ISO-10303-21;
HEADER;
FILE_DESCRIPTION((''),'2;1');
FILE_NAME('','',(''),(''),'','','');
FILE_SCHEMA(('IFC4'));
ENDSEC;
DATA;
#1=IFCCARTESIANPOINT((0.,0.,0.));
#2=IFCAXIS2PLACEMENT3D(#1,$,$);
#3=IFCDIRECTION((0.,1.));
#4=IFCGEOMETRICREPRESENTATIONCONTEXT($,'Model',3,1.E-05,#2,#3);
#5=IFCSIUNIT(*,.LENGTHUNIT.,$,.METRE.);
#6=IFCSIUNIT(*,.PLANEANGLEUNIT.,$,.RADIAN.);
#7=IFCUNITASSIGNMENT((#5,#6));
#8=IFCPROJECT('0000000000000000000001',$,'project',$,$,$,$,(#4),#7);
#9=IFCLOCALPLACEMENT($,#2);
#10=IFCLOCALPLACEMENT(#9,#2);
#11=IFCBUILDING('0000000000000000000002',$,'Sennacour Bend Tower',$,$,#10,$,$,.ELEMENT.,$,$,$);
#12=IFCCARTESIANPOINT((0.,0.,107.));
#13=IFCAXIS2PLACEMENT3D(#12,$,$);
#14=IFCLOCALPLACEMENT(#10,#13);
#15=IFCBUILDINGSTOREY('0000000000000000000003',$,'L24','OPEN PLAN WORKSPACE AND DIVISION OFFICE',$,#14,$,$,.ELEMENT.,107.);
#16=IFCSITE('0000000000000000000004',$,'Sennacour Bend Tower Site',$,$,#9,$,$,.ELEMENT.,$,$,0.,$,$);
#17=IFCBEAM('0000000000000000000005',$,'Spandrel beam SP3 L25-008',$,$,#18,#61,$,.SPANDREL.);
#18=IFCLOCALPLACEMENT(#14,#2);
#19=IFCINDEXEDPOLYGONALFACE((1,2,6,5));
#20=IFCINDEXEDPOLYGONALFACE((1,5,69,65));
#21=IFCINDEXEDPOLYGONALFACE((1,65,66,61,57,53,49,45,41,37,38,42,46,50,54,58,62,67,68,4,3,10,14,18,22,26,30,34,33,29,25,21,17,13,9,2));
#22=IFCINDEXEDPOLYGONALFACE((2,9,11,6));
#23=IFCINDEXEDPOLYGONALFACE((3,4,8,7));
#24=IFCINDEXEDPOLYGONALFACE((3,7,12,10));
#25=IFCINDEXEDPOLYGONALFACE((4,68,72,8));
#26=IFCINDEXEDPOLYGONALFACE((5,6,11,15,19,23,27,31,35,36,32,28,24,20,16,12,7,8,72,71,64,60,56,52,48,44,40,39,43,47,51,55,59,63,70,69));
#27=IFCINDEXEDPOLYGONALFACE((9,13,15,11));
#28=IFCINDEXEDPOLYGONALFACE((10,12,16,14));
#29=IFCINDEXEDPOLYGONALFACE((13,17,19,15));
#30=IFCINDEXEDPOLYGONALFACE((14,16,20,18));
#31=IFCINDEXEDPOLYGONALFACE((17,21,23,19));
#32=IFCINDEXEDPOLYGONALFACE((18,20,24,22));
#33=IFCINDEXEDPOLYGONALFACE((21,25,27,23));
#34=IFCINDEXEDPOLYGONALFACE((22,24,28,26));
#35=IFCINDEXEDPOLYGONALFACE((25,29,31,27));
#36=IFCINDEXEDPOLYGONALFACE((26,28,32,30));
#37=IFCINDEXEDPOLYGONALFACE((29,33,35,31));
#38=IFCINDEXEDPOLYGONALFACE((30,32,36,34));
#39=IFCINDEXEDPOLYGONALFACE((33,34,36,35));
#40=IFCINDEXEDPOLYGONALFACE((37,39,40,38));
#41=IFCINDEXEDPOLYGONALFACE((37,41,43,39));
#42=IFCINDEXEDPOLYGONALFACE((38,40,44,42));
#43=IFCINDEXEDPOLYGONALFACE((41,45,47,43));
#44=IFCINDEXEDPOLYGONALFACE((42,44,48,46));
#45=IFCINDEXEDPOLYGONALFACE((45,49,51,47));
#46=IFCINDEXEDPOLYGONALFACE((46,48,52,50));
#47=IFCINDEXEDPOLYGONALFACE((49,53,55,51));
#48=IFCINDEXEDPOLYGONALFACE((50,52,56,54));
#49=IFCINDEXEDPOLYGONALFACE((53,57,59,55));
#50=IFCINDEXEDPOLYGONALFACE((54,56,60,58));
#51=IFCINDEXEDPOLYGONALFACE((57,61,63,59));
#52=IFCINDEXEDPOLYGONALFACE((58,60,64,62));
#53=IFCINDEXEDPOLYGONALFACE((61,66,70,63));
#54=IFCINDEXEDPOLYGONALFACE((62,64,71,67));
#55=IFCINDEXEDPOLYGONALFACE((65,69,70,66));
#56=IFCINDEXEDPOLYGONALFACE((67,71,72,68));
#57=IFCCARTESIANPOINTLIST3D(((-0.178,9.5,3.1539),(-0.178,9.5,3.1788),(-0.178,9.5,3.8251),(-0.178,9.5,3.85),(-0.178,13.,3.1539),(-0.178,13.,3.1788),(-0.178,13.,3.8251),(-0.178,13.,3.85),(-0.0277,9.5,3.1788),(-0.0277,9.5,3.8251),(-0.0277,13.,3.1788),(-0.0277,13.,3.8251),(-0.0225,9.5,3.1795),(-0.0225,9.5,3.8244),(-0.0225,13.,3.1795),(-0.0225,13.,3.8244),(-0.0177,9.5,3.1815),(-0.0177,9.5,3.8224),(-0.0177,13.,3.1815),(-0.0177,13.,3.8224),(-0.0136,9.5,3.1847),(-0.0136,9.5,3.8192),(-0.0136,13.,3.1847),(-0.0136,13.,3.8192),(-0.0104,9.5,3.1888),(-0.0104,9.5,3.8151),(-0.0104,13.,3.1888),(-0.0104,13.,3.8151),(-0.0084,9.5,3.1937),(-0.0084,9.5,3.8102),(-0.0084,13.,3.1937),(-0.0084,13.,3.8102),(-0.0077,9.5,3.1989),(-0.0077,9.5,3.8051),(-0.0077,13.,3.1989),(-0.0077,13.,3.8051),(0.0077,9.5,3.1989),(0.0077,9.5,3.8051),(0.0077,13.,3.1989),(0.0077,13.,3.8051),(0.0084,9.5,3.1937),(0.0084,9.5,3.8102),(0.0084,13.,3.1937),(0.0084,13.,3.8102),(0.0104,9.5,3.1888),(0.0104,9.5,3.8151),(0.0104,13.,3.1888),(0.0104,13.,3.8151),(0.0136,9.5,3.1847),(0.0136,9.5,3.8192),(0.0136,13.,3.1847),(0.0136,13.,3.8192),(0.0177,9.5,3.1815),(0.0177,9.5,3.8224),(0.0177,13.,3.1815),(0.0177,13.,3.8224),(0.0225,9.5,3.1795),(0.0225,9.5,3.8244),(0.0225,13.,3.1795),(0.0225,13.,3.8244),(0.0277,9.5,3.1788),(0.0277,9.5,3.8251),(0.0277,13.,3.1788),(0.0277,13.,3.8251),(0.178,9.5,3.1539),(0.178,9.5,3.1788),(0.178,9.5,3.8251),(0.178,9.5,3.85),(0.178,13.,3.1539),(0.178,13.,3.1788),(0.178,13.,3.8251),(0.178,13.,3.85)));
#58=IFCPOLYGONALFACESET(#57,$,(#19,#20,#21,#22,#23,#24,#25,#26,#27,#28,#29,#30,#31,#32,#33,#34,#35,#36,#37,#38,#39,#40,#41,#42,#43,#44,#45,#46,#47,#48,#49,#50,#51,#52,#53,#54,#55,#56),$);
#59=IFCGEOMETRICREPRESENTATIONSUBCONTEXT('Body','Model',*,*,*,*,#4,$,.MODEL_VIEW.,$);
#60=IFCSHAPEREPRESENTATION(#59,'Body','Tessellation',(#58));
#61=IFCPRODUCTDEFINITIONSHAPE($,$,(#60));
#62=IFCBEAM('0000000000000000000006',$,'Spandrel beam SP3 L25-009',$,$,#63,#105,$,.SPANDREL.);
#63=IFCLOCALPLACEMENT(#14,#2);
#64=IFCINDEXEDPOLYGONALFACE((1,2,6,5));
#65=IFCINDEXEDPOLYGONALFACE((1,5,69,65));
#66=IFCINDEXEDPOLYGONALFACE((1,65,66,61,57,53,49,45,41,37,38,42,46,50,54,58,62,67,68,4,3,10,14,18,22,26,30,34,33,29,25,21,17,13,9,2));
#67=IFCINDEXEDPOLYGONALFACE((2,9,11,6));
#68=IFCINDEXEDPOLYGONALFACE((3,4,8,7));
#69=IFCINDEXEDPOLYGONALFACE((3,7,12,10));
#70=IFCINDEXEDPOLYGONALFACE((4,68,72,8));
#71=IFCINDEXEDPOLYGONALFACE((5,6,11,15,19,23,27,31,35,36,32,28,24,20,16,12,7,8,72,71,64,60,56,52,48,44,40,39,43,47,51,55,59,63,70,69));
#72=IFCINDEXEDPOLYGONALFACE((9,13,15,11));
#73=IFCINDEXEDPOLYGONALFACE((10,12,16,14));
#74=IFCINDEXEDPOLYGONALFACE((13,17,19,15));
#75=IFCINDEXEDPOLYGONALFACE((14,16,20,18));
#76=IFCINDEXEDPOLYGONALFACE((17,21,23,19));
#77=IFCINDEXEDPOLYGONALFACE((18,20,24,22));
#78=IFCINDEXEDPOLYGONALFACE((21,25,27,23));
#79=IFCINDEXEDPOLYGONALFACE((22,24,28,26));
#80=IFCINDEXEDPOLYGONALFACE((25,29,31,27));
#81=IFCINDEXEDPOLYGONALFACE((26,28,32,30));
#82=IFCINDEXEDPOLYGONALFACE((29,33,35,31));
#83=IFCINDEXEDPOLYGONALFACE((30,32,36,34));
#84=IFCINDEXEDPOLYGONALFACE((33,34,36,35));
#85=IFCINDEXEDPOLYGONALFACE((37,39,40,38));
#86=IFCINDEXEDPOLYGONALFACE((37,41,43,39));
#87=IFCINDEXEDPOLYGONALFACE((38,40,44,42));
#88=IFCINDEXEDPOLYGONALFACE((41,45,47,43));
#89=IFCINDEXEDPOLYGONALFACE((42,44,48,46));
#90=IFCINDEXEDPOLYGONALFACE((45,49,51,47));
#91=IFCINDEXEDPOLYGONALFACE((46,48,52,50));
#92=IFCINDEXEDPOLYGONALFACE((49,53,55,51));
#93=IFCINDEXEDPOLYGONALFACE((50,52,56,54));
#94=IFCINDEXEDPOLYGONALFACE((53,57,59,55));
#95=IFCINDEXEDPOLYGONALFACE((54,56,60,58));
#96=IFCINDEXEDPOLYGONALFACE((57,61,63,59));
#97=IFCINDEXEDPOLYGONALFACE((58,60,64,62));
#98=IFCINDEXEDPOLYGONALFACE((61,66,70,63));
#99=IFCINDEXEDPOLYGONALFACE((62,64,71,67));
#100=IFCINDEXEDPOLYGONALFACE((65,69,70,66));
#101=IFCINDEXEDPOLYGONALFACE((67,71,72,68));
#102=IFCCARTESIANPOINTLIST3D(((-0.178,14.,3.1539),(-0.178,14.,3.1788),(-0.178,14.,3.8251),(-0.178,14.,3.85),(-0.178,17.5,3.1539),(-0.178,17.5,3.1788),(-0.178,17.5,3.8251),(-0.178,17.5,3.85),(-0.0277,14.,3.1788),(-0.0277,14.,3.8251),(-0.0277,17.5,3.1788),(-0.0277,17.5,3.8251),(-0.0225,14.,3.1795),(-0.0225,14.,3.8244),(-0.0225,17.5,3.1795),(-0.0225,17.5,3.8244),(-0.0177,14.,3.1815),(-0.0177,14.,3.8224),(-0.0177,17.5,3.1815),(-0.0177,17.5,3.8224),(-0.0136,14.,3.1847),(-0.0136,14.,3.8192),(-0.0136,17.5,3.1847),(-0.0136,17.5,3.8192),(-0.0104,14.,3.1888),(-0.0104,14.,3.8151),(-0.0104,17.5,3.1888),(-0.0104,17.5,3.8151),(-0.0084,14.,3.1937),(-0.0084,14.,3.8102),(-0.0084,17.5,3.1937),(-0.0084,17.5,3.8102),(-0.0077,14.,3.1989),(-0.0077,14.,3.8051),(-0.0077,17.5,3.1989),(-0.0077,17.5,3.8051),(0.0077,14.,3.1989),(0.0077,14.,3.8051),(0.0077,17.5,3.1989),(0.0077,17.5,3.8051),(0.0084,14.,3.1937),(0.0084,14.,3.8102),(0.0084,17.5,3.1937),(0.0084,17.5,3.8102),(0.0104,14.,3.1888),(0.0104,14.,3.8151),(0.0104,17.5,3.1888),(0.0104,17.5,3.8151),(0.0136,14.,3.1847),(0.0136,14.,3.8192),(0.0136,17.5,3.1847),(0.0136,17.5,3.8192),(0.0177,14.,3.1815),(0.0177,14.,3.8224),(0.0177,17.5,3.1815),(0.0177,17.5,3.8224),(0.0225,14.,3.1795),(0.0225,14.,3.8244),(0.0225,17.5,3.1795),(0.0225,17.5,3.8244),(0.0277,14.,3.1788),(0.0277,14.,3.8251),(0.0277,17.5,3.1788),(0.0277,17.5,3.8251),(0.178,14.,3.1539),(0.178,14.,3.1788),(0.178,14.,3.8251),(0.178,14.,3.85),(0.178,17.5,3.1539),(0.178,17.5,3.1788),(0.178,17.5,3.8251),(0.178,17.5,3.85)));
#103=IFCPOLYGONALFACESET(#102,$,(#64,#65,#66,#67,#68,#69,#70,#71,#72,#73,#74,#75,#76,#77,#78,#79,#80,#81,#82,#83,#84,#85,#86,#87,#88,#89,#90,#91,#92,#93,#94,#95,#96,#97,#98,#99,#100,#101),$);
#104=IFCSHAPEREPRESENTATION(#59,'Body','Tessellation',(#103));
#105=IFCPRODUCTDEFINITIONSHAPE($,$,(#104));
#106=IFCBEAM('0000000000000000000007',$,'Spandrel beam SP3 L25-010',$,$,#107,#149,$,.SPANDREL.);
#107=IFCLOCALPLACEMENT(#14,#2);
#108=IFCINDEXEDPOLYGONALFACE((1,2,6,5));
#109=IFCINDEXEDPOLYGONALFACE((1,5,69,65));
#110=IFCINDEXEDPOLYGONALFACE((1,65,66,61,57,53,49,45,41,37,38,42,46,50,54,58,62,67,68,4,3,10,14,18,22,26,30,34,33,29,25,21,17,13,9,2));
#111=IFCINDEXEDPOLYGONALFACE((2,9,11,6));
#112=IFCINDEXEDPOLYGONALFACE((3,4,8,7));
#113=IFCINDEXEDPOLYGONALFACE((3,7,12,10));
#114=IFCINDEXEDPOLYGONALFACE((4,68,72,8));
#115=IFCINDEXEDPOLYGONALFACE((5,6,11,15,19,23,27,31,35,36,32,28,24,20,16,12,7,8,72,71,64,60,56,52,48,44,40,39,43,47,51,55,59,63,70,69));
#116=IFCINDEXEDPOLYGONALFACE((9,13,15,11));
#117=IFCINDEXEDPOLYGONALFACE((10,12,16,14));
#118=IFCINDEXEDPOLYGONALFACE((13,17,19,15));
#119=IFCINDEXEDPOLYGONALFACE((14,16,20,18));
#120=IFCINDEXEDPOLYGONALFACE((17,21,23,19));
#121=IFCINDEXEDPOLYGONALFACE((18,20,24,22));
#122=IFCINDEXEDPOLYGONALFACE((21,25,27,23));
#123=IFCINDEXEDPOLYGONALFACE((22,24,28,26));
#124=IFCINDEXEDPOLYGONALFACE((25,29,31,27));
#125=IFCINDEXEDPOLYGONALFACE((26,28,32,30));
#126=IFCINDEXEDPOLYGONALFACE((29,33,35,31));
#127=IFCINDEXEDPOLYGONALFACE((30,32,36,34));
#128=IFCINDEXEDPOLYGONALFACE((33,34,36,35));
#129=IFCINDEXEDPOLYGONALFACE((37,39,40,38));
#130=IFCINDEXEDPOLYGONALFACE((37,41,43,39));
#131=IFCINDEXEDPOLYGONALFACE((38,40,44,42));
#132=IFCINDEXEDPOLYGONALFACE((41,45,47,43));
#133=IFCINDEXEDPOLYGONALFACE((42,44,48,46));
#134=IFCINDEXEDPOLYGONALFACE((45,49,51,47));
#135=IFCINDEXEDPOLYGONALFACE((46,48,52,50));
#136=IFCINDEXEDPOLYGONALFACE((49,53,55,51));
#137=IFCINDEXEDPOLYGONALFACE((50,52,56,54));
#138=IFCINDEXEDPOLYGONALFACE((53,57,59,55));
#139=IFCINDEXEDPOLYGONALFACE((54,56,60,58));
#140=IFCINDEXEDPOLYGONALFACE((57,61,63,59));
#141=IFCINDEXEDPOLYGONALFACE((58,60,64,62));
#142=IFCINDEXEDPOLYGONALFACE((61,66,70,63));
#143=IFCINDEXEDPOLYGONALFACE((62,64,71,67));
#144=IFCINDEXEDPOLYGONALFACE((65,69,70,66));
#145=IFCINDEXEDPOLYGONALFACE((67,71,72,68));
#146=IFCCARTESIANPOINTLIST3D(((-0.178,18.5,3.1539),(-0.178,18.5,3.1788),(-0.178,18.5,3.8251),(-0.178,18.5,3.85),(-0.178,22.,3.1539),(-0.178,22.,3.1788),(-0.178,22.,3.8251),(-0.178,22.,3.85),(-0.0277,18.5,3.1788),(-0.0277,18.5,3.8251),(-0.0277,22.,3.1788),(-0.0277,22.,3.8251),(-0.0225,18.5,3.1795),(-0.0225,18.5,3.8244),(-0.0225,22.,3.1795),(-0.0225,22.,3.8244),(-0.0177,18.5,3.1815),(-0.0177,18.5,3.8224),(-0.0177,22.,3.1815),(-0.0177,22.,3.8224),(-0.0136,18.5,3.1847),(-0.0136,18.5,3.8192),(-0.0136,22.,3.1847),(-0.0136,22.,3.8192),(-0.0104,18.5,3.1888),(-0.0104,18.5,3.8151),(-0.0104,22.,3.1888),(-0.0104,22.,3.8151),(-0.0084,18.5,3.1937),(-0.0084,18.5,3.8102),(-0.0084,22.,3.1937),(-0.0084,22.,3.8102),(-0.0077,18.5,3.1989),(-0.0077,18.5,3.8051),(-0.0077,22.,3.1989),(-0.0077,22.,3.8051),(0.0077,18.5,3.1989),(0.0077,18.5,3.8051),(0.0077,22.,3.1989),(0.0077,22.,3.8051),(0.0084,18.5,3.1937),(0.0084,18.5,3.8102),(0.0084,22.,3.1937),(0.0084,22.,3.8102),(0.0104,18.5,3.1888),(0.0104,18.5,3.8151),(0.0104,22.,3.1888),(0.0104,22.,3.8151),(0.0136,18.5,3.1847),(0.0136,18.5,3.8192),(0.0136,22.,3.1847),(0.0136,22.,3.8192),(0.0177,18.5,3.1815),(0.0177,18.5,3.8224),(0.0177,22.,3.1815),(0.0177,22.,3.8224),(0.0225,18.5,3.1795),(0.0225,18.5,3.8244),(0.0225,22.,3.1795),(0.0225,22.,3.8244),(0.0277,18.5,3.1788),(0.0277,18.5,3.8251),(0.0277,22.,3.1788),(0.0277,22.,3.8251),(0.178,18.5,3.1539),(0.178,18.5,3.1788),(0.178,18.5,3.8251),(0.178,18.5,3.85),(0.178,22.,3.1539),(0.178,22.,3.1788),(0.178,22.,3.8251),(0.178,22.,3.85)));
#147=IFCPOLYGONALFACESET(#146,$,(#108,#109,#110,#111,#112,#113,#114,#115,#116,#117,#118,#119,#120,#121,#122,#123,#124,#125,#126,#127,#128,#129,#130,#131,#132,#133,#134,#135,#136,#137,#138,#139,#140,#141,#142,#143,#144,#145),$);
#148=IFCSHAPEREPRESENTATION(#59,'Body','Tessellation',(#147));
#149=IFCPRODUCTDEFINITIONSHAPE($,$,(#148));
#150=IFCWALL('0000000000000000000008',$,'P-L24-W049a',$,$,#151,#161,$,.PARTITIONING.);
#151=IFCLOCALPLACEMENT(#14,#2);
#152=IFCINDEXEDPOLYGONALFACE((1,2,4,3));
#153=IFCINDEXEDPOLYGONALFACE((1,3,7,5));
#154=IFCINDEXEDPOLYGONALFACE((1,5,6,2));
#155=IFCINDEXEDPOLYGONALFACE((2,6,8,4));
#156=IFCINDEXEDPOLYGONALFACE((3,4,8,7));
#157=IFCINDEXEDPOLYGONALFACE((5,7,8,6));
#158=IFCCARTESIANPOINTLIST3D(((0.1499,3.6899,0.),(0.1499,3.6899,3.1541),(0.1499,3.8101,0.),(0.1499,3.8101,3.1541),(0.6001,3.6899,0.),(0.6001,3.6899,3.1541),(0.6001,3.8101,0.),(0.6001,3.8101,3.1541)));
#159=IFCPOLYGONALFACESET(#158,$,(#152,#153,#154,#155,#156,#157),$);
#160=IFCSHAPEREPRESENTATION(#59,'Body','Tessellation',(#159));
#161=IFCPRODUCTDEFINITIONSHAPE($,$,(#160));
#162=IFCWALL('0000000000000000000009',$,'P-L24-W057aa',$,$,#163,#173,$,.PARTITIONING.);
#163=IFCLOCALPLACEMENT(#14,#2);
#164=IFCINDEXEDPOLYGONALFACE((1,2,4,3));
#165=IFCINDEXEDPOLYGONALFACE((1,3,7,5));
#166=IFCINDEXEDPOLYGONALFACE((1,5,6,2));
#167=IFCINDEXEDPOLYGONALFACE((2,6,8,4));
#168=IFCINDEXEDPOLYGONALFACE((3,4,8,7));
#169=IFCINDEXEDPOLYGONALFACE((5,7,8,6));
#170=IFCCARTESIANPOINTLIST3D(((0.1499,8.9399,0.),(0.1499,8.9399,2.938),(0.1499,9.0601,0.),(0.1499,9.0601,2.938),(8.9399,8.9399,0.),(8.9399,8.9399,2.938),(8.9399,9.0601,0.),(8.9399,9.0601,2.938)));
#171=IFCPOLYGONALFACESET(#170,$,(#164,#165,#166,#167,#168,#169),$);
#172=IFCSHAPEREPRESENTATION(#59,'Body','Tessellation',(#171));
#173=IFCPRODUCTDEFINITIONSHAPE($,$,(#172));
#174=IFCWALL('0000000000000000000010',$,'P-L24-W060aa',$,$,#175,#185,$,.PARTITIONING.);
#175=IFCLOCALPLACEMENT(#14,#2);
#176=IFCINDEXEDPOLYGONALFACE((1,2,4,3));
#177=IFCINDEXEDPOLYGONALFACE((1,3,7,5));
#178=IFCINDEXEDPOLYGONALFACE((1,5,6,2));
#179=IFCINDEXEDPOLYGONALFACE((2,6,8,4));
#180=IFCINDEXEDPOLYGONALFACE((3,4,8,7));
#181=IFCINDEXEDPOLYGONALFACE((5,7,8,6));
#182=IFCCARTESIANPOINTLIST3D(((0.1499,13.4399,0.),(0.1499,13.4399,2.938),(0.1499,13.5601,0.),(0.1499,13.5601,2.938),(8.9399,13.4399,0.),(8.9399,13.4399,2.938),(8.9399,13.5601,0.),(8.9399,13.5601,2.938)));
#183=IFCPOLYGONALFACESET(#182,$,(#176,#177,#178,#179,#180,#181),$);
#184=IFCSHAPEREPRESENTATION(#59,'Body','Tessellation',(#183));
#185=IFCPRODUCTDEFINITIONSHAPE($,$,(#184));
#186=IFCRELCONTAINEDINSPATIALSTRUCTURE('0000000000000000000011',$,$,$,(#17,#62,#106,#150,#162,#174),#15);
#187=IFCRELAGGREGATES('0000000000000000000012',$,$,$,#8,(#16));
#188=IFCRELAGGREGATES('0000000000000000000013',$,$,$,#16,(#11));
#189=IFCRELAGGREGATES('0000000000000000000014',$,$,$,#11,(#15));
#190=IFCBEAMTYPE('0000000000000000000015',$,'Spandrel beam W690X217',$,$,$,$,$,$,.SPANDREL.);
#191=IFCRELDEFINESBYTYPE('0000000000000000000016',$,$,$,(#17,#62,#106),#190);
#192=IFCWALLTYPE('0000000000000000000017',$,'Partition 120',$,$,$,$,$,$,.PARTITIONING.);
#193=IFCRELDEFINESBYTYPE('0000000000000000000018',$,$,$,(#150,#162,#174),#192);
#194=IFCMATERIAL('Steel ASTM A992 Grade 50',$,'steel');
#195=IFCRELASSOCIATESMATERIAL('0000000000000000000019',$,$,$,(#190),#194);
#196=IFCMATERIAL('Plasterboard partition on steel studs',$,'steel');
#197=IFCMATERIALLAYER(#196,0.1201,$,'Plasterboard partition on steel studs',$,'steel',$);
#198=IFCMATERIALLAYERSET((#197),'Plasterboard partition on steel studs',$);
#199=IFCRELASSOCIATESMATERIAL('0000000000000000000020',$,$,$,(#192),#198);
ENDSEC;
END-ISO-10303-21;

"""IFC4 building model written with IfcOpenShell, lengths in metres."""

from ifc_helpers import new_model, si_unit, direction, frame, frame_2d, origin, origin_2d, place, context, subcontext, project, spatial, rectangle, i_section, extrude, material, layer, layer_set, material_profile, profile_set, type_object, element, save


model = new_model("IFC4")

# Units and contexts
model_context = context("Model", 3, precision=1e-05, world=origin(), true_north=direction((0.0, 1.0)))
body_context = subcontext(model_context, "Body", "Model", "MODEL_VIEW")
ifc_project = project(units=[si_unit("LENGTHUNIT", "METRE"), si_unit("PLANEANGLEUNIT", "RADIAN")], contexts=[model_context])

# Site, building, storey
site_placement = place(None, origin())
site = spatial("IfcSite", under=ifc_project, at=site_placement, Name="Sennacour Bend Tower Site", CompositionType="ELEMENT", RefElevation=0.0)
building_placement = place(site_placement, origin())
building = spatial("IfcBuilding", under=site, at=building_placement, Name="Sennacour Bend Tower", CompositionType="ELEMENT")
storey_placement = place(building_placement, frame((0.0, 0.0, 107.0)))
storey = spatial("IfcBuildingStorey", under=building, at=storey_placement, Name="L24", Description="OPEN PLAN WORKSPACE AND DIVISION OFFICE", CompositionType="ELEMENT", Elevation=107.0)

# Beams
ifc_material_1 = material(Name="Steel ASTM A992 Grade 50", Category="steel")
ifc_material_profile_1 = material_profile(ifc_material_1, i_section(OverallWidth=0.356, OverallDepth=0.696, WebThickness=0.0154, FlangeThickness=0.0249, FilletRadius=0.02, at=origin_2d()), Name="Steel ASTM A992 Grade 50", Category="steel")
ifc_profile_set_1 = profile_set([ifc_material_profile_1], Name="Steel ASTM A992 Grade 50")
beam_type_1 = type_object("IfcBeamType", Name="Spandrel beam W690X217", PredefinedType="SPANDREL", material=ifc_profile_set_1)
for number, where, z_axis, x_axis, name in (
    (1, (0.0, 9.5, 3.502), (0.0, 1.0, 0.0), (-1.0, 0.0, 0.0), "Spandrel beam SP3 L25-008"),
    (2, (0.0, 14.0, 3.502), (0.0, 1.0, 0.0), (-1.0, 0.0, 0.0), "Spandrel beam SP3 L25-009"),
    (3, (0.0, 18.5, 3.502), (0.0, 1.0, 0.0), (-1.0, 0.0, 0.0), "Spandrel beam SP3 L25-010"),
):
    element("IfcBeam", number, at=place(storey_placement, frame(where, z_axis=z_axis, x_axis=x_axis)), inside=storey, type_object=beam_type_1, Name=name, PredefinedType="SPANDREL", context=body_context, shape_type="SweptSolid", body=[
        extrude(i_section(OverallWidth=0.356, OverallDepth=0.696, WebThickness=0.0154, FlangeThickness=0.0249, FilletRadius=0.02, at=origin_2d()), origin(), (0.0, 0.0, 1.0), 3.5),
    ])

# Walls
ifc_material_2 = material(Name="Plasterboard partition on steel studs", Category="steel")
ifc_layer_1 = layer(ifc_material_2, 0.1201, Name="Plasterboard partition on steel studs", Category="steel")
ifc_layer_set_1 = layer_set([ifc_layer_1], Name="Plasterboard partition on steel studs")
wall_type_1 = type_object("IfcWallType", Name="Partition 120", PredefinedType="PARTITIONING", material=ifc_layer_set_1)
wall_1_placement = place(storey_placement, frame((0.1499, 3.75, 0.0), z_axis=(0.0, 0.0, 1.0), x_axis=(1.0, 0.0, 0.0)))
element("IfcWall", 4, at=wall_1_placement, inside=storey, type_object=wall_type_1, Name="P-L24-W049a", PredefinedType="PARTITIONING", context=body_context, shape_type="SweptSolid", body=[
    extrude(rectangle(XDim=0.4502, YDim=0.1201, at=frame_2d((0.2251, 0.0))), origin(), (0.0, 0.0, 1.0), 3.1541),
])
for number, where, z_axis, x_axis, name in (
    (5, (0.1499, 9.0, 0.0), (0.0, 0.0, 1.0), (1.0, 0.0, 0.0), "P-L24-W057aa"),
    (6, (0.1499, 13.5, 0.0), (0.0, 0.0, 1.0), (1.0, 0.0, 0.0), "P-L24-W060aa"),
):
    element("IfcWall", number, at=place(storey_placement, frame(where, z_axis=z_axis, x_axis=x_axis)), inside=storey, type_object=wall_type_1, Name=name, PredefinedType="PARTITIONING", context=body_context, shape_type="SweptSolid", body=[
        extrude(rectangle(XDim=8.79, YDim=0.1201, at=frame_2d((4.395, 0.0))), origin(), (0.0, 0.0, 1.0), 2.938),
    ])

save(model, "model.ifc")
